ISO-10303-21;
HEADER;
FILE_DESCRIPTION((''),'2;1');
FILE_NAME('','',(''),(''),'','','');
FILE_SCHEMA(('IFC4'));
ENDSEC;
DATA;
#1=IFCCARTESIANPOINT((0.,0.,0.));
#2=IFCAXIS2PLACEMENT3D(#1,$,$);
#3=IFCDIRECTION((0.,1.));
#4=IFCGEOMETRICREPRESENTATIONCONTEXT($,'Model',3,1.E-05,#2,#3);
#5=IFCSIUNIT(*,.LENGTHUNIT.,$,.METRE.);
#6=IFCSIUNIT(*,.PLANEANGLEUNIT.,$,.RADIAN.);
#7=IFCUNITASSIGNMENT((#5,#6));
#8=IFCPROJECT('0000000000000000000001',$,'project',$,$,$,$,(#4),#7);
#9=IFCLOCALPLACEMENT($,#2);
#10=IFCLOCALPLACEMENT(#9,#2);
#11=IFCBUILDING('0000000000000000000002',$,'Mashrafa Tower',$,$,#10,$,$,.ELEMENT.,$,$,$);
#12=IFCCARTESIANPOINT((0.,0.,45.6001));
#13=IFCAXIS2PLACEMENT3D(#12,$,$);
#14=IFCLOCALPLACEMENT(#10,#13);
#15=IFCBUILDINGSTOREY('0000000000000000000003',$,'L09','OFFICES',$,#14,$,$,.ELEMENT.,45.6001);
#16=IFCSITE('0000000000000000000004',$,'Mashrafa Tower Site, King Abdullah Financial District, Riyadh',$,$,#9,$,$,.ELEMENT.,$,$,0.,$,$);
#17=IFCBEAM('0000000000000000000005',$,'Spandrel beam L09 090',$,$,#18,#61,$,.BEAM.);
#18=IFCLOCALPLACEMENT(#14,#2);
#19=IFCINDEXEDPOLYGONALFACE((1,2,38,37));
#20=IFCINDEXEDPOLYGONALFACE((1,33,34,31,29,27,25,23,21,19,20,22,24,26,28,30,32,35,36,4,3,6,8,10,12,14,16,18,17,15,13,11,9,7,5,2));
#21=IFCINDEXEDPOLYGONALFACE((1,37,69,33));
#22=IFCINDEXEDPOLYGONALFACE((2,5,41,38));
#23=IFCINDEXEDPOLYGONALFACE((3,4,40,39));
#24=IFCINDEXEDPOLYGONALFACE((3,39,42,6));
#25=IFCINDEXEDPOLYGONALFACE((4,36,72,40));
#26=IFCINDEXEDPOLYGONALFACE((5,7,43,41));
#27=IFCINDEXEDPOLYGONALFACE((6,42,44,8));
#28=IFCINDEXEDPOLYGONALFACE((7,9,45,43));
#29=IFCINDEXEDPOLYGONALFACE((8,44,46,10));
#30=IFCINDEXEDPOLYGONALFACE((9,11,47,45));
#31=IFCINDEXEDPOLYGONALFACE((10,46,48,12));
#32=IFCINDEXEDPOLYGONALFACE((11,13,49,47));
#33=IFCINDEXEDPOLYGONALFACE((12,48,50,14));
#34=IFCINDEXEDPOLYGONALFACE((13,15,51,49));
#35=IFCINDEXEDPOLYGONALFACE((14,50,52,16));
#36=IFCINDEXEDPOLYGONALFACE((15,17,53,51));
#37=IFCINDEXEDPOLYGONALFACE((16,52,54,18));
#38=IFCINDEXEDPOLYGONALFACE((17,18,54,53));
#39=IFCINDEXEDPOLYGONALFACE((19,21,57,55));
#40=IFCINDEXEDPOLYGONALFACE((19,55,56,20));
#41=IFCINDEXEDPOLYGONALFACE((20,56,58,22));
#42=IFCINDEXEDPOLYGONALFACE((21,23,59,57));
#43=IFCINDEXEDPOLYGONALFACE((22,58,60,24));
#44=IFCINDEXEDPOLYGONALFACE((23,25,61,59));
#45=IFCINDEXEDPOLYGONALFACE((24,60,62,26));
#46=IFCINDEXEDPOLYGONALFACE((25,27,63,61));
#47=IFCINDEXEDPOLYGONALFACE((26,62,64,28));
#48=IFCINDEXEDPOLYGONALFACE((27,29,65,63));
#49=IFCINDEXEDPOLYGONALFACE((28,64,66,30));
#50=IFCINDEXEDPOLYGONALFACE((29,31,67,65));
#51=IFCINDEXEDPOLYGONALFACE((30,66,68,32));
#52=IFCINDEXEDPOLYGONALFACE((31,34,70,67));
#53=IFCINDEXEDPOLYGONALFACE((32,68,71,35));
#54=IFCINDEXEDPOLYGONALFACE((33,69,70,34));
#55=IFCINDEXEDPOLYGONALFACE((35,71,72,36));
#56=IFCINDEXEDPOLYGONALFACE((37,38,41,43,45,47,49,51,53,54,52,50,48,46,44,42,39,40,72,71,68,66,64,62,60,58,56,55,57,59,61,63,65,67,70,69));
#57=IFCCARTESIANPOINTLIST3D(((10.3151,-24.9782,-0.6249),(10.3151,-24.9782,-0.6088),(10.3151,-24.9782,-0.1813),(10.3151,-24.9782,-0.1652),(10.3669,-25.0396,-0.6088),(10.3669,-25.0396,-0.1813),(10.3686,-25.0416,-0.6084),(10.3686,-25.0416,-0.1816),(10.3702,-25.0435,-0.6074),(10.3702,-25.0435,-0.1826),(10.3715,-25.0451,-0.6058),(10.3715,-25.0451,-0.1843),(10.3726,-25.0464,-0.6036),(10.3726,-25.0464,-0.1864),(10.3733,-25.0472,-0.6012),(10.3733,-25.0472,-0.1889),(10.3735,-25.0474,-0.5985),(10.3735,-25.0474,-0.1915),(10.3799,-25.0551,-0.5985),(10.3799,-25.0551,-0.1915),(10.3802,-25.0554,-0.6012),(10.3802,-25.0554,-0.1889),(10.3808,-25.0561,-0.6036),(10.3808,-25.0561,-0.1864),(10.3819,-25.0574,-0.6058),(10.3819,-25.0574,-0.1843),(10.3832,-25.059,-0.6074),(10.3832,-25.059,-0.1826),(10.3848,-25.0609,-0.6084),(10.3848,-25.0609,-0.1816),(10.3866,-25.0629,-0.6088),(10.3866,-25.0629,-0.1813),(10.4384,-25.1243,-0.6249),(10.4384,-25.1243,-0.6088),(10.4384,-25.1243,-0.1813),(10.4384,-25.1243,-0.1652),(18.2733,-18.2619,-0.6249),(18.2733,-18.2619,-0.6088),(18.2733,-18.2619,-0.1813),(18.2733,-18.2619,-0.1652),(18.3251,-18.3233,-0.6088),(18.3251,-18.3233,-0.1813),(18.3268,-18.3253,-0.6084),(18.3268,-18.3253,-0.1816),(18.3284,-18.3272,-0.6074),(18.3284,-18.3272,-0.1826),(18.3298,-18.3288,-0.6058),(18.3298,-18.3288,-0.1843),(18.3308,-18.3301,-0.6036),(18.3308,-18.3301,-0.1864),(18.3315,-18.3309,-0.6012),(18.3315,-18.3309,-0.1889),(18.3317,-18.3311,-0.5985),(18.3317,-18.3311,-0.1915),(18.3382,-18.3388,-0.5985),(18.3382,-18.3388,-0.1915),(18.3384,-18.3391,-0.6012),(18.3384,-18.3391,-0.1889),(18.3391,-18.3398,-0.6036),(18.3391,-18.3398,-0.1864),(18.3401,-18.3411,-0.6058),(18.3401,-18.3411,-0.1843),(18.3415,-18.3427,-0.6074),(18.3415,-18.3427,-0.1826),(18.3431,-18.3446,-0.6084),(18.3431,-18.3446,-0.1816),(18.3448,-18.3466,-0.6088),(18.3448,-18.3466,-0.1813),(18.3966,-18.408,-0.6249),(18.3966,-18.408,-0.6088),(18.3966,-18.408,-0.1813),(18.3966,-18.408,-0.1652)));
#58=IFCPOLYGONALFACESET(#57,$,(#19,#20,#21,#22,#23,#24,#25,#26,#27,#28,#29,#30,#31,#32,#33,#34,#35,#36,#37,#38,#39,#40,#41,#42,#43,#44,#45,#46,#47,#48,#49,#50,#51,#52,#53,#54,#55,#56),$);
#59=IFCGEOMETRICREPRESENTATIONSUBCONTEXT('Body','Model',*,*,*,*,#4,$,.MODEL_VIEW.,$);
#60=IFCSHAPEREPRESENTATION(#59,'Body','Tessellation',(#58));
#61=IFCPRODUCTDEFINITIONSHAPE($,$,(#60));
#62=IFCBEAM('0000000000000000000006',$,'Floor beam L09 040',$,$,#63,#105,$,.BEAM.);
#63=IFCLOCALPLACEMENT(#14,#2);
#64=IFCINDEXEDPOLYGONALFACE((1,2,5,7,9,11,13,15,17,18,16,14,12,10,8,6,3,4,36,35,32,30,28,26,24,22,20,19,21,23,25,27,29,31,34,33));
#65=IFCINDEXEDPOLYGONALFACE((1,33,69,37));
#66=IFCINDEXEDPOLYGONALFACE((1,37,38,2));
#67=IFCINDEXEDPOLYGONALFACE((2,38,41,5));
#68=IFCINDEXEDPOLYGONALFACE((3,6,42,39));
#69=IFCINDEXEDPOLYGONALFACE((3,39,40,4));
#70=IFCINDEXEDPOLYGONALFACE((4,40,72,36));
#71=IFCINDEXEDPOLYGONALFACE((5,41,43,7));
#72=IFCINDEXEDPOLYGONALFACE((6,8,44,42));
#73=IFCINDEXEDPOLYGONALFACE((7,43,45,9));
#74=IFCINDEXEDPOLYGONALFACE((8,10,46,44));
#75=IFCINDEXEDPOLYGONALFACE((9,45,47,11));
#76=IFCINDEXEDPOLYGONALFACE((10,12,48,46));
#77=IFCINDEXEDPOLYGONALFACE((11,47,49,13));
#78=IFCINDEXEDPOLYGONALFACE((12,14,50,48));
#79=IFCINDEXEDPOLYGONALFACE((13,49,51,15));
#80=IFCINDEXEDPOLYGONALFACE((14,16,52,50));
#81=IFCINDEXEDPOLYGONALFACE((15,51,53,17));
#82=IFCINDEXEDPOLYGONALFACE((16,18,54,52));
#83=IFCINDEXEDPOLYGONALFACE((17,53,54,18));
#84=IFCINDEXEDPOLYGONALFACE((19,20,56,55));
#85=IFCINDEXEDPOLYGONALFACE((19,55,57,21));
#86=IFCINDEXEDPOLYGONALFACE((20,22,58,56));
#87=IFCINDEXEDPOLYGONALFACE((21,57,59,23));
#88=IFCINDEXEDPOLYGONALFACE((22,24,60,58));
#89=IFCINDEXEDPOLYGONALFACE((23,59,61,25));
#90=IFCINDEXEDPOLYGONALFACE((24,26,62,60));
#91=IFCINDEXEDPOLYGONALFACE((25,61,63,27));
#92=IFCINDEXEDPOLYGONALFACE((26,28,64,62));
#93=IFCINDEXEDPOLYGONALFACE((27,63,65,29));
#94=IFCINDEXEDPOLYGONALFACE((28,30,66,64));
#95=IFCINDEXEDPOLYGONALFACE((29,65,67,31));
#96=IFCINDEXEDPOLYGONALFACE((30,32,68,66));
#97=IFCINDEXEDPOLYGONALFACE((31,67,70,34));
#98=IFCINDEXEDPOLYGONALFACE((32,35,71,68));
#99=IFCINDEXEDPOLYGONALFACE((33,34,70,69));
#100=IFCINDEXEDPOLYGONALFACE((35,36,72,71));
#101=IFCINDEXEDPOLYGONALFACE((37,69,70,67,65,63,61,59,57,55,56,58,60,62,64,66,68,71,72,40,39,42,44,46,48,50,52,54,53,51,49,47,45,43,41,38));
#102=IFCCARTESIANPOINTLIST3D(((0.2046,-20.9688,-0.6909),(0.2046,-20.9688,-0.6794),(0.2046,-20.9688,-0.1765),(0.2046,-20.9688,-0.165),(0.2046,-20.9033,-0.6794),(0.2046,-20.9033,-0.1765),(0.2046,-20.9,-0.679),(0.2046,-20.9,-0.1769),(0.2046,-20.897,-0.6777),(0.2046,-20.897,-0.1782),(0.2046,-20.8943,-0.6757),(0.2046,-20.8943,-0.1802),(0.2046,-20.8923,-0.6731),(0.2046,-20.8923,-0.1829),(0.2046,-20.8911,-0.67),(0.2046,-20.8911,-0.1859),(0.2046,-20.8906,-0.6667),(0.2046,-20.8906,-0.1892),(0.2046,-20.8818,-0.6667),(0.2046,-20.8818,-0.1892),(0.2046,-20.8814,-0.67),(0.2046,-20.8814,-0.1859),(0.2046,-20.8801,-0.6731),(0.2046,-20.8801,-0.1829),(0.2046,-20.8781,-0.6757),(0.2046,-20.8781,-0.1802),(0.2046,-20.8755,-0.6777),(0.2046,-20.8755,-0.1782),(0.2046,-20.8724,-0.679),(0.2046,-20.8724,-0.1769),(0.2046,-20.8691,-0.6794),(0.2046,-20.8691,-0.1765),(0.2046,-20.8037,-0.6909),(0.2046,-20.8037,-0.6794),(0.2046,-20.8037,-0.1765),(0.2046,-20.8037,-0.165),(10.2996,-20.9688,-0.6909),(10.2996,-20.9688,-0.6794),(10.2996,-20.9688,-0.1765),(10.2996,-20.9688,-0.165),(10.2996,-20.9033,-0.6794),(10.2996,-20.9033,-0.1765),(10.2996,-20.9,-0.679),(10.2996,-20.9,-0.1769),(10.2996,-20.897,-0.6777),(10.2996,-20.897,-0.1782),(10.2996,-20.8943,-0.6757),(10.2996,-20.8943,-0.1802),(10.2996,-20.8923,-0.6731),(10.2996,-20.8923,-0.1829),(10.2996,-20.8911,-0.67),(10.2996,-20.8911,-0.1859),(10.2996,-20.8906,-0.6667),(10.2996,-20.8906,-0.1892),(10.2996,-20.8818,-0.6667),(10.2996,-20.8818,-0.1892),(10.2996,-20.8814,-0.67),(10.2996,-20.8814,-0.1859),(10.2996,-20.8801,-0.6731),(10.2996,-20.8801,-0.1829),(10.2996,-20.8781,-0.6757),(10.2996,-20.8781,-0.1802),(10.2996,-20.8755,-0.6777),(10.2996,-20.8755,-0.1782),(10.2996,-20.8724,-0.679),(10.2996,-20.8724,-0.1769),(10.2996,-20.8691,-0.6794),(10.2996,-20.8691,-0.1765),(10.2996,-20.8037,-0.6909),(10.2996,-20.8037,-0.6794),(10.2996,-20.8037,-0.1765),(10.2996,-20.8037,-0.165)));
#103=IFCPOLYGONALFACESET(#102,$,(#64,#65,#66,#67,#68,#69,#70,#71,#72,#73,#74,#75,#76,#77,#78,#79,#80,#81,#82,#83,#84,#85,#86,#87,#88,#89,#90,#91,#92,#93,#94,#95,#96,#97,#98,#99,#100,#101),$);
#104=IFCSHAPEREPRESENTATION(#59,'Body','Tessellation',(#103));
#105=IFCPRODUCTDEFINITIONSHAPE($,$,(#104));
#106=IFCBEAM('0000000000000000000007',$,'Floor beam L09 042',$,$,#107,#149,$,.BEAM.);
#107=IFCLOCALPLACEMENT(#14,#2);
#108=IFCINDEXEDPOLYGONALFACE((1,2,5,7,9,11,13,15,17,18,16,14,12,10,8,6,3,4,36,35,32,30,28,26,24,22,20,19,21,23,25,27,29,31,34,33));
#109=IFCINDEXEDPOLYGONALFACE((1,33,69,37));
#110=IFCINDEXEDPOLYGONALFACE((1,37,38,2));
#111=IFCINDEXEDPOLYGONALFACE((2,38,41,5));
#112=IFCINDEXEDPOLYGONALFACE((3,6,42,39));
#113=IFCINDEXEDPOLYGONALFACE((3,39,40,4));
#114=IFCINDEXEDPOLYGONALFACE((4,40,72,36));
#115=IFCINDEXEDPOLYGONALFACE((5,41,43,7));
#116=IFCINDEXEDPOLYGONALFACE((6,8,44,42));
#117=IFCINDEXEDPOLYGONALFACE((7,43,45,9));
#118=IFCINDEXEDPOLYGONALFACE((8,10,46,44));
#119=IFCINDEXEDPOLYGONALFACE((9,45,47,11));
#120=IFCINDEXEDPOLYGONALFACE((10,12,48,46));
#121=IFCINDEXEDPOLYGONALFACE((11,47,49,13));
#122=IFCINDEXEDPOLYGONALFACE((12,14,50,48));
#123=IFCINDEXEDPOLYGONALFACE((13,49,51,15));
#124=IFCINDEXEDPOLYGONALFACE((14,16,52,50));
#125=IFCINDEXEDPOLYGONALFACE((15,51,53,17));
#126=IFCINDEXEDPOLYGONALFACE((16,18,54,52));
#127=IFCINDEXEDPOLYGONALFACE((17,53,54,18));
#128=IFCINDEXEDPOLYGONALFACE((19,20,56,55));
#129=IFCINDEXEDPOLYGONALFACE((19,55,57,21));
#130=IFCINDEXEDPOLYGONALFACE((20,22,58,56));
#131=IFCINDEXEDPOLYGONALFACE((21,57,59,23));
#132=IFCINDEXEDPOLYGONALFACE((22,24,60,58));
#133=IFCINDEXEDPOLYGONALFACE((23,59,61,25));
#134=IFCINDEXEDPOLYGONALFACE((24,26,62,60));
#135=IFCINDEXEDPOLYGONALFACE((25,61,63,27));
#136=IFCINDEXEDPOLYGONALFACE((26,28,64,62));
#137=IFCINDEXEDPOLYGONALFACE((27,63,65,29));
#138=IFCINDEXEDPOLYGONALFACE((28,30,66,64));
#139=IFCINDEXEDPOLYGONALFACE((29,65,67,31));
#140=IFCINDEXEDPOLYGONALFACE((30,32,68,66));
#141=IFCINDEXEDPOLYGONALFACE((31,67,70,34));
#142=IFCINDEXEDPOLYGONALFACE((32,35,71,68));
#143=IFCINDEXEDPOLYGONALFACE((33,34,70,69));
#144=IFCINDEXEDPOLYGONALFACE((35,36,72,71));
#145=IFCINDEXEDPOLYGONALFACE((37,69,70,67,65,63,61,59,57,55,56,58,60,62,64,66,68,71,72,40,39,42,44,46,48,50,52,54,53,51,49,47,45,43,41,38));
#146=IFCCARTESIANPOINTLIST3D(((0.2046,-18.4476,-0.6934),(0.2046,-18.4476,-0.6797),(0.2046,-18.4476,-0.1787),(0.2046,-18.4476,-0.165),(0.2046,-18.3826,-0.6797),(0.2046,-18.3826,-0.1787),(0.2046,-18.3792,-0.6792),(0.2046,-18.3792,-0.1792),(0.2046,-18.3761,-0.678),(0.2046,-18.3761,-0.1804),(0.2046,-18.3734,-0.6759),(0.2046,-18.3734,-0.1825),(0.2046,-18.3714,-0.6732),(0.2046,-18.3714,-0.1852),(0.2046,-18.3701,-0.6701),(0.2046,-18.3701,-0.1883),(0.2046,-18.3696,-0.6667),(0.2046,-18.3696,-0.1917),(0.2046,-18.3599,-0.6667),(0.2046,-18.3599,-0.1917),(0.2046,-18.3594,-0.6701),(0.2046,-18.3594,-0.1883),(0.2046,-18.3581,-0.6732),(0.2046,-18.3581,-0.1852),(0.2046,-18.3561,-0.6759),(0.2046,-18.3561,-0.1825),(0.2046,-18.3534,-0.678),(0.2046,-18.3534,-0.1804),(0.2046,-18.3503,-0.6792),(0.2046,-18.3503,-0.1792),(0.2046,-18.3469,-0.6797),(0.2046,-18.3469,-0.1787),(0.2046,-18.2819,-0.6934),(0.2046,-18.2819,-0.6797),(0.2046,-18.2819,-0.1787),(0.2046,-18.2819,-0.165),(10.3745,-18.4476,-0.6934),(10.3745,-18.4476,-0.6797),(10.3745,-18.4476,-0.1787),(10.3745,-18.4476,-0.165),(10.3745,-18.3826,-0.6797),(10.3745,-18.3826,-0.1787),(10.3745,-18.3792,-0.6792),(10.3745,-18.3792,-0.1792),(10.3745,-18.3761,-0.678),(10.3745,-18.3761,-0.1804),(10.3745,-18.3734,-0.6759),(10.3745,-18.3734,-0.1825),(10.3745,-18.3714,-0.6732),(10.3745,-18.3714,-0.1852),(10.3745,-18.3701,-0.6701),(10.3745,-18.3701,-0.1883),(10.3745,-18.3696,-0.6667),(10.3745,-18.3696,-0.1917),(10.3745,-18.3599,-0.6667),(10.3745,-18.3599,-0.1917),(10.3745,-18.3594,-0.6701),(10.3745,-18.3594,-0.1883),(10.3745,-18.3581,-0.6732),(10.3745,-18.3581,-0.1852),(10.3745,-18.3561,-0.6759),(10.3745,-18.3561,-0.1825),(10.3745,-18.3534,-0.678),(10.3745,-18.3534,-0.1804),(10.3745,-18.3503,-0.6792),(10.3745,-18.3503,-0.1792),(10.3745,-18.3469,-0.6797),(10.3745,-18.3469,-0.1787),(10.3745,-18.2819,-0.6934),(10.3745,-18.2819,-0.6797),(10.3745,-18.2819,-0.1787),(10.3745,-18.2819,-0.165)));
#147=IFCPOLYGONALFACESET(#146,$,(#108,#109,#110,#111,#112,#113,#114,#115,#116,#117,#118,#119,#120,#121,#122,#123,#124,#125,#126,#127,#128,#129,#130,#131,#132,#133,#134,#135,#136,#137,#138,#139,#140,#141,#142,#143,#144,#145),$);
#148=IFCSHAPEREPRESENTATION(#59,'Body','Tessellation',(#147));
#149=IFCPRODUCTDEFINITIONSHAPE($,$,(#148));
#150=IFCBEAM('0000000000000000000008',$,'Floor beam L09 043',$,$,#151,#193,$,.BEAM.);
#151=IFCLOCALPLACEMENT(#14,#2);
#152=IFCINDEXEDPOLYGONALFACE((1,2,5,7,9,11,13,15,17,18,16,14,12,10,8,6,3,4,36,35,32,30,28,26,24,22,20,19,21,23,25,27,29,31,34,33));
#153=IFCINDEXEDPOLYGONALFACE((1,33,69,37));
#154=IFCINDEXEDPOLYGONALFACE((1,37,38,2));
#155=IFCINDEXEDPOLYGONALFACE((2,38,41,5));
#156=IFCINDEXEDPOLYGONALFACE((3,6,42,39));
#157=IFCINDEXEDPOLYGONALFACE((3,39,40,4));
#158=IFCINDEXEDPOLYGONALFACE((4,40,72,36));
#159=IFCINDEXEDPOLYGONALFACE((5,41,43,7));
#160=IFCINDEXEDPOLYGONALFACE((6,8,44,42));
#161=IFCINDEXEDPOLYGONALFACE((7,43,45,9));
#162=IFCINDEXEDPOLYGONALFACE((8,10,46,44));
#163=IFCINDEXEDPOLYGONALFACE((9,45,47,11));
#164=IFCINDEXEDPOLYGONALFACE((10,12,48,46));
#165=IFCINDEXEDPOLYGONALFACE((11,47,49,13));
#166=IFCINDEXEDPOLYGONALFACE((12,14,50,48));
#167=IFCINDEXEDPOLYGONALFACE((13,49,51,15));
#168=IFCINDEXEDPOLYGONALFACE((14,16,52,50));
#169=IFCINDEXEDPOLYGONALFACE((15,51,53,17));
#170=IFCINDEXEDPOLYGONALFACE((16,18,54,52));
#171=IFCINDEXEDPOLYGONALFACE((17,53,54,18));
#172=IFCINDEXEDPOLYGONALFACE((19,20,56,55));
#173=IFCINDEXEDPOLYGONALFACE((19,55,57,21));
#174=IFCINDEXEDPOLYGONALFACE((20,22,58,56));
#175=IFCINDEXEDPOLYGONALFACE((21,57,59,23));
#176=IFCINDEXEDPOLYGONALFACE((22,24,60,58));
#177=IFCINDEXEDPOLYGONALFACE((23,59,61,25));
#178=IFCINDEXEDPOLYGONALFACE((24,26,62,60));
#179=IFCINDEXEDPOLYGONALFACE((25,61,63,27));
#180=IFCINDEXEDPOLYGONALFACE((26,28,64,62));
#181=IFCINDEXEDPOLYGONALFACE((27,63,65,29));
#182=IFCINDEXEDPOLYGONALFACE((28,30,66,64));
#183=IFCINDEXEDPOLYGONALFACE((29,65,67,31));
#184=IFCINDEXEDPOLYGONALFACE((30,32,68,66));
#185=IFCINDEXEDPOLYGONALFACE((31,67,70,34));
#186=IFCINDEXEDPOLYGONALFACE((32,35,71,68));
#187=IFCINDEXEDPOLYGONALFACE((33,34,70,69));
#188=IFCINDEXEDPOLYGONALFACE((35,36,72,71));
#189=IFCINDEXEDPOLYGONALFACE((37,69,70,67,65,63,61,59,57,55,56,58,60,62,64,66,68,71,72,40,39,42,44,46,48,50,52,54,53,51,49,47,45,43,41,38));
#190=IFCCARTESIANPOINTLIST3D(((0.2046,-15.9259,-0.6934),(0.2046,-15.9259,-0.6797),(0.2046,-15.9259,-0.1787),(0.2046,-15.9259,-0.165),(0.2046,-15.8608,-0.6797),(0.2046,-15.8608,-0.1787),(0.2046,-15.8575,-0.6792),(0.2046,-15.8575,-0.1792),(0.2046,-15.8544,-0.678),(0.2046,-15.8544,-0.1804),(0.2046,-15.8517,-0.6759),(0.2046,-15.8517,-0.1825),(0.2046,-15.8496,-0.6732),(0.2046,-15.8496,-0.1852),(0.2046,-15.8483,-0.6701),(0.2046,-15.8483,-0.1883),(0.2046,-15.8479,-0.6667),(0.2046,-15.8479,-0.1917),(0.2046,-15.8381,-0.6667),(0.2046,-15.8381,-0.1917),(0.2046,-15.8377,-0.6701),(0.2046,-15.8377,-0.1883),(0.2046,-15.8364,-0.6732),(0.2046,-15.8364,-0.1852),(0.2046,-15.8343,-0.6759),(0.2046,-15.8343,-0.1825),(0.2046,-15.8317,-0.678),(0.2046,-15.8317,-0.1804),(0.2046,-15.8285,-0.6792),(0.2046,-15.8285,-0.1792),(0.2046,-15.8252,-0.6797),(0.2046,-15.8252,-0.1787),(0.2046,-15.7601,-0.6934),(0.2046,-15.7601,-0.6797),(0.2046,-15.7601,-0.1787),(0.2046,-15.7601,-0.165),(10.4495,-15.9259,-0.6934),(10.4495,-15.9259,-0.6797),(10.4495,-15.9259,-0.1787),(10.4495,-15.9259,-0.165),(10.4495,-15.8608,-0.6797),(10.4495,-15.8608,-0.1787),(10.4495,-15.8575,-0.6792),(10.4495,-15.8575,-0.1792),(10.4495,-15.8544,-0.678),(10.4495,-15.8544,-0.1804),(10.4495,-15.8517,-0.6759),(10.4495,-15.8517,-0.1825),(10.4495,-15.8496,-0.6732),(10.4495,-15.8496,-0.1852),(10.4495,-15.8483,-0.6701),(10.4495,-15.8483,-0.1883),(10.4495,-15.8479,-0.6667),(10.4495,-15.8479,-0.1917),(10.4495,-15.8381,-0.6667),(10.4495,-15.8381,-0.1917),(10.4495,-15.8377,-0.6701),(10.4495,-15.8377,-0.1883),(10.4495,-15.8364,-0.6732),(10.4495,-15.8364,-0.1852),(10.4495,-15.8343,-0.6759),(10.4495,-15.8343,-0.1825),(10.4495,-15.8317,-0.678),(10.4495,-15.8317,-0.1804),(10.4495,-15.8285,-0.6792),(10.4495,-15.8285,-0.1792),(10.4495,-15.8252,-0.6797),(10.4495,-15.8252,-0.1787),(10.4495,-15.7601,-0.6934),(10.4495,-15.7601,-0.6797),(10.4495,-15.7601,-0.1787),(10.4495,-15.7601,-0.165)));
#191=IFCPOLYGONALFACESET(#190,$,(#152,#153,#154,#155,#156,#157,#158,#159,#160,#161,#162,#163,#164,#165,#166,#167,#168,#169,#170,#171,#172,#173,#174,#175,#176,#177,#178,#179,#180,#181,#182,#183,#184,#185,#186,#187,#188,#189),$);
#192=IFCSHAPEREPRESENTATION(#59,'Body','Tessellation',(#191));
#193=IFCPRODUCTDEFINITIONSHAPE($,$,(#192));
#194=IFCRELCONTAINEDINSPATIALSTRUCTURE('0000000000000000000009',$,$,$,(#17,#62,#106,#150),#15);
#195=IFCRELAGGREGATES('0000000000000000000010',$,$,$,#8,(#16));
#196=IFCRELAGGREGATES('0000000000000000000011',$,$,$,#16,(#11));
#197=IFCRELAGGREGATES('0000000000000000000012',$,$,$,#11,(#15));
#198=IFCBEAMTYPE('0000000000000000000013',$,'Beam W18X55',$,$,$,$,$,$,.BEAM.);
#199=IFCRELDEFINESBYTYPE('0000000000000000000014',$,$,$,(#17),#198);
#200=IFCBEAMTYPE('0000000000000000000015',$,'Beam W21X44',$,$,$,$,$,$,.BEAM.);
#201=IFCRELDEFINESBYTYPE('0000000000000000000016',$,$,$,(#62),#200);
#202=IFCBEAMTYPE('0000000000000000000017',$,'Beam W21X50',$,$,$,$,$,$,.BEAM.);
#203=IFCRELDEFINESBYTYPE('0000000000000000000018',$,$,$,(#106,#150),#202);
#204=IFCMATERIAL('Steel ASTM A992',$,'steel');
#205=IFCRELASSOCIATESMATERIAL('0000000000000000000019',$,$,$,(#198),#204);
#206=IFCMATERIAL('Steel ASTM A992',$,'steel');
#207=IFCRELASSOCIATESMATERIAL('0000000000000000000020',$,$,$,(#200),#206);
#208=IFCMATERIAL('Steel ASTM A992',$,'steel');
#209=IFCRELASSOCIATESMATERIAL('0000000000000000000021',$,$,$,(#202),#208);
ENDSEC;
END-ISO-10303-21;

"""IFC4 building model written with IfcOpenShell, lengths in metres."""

from ifc_helpers import new_model, si_unit, direction, frame, origin, origin_2d, place, context, subcontext, project, spatial, i_section, extrude, material, material_profile, profile_set, type_object, element, save


model = new_model("IFC4")

# Units and contexts
model_context = context("Model", 3, precision=1e-05, world=origin(), true_north=direction((0.0, 1.0)))
body_context = subcontext(model_context, "Body", "Model", "MODEL_VIEW")
ifc_project = project(units=[si_unit("LENGTHUNIT", "METRE"), si_unit("PLANEANGLEUNIT", "RADIAN")], contexts=[model_context])

# Site, building, storey
site_placement = place(None, origin())
site = spatial("IfcSite", under=ifc_project, at=site_placement, Name="Mashrafa Tower Site, King Abdullah Financial District, Riyadh", CompositionType="ELEMENT", RefElevation=0.0)
building_placement = place(site_placement, origin())
building = spatial("IfcBuilding", under=site, at=building_placement, Name="Mashrafa Tower", CompositionType="ELEMENT")
storey_placement = place(building_placement, frame((0.0, 0.0, 45.6001)))
storey = spatial("IfcBuildingStorey", under=building, at=storey_placement, Name="L09", Description="OFFICES", CompositionType="ELEMENT", Elevation=45.6001)

# Beams
ifc_material_1 = material(Name="Steel ASTM A992", Category="steel")
ifc_material_profile_1 = material_profile(ifc_material_1, i_section(OverallWidth=0.1912, OverallDepth=0.4597, WebThickness=0.01, FlangeThickness=0.0161, FilletRadius=0.0103, at=origin_2d()), Name="W18X55")
ifc_profile_set_1 = profile_set([ifc_material_profile_1], Name="Steel ASTM A992")
beam_type_1 = type_object("IfcBeamType", Name="Beam W18X55", PredefinedType="BEAM", material=ifc_profile_set_1)
beam_1_placement = place(storey_placement, frame((10.3767, -25.0513, -0.395), z_axis=(0.764219, 0.644957, 0.0), x_axis=(-0.644957, 0.764219, 0.0)))
element("IfcBeam", 1, at=beam_1_placement, inside=storey, type_object=beam_type_1, Name="Spandrel beam L09 090", PredefinedType="BEAM", context=body_context, shape_type="SweptSolid", body=[
    extrude(i_section(OverallWidth=0.1912, OverallDepth=0.4597, WebThickness=0.01, FlangeThickness=0.0161, FilletRadius=0.0103, at=origin_2d()), origin(), (0.0, 0.0, 1.0), 10.4136),
])
ifc_material_2 = material(Name="Steel ASTM A992", Category="steel")
ifc_material_profile_2 = material_profile(ifc_material_2, i_section(OverallWidth=0.165, OverallDepth=0.5259, WebThickness=0.0088, FlangeThickness=0.0115, FilletRadius=0.0127, at=origin_2d()), Name="W21X44")
ifc_profile_set_2 = profile_set([ifc_material_profile_2], Name="Steel ASTM A992")
beam_type_2 = type_object("IfcBeamType", Name="Beam W21X44", PredefinedType="BEAM", material=ifc_profile_set_2)
beam_2_placement = place(storey_placement, frame((10.2996, -20.8862, -0.428), z_axis=(-1.0, 0.0, 0.0), x_axis=(0.0, -1.0, 0.0)))
element("IfcBeam", 2, at=beam_2_placement, inside=storey, type_object=beam_type_2, Name="Floor beam L09 040", PredefinedType="BEAM", context=body_context, shape_type="SweptSolid", body=[
    extrude(i_section(OverallWidth=0.165, OverallDepth=0.5259, WebThickness=0.0088, FlangeThickness=0.0115, FilletRadius=0.0127, at=origin_2d()), origin(), (0.0, 0.0, 1.0), 10.095),
])
ifc_material_3 = material(Name="Steel ASTM A992", Category="steel")
ifc_material_profile_3 = material_profile(ifc_material_3, i_section(OverallWidth=0.1658, OverallDepth=0.5283, WebThickness=0.0098, FlangeThickness=0.0137, FilletRadius=0.0129, at=origin_2d()), Name="W21X50")
ifc_profile_set_3 = profile_set([ifc_material_profile_3], Name="Steel ASTM A992")
beam_type_3 = type_object("IfcBeamType", Name="Beam W21X50", PredefinedType="BEAM", material=ifc_profile_set_3)
beam_3_placement = place(storey_placement, frame((10.3745, -18.3647, -0.4292), z_axis=(-1.0, 0.0, 0.0), x_axis=(0.0, -1.0, 0.0)))
element("IfcBeam", 3, at=beam_3_placement, inside=storey, type_object=beam_type_3, Name="Floor beam L09 042", PredefinedType="BEAM", context=body_context, shape_type="SweptSolid", body=[
    extrude(i_section(OverallWidth=0.1658, OverallDepth=0.5283, WebThickness=0.0098, FlangeThickness=0.0137, FilletRadius=0.0129, at=origin_2d()), origin(), (0.0, 0.0, 1.0), 10.1699),
])
beam_4_placement = place(storey_placement, frame((10.4495, -15.843, -0.4292), z_axis=(-1.0, 0.0, 0.0), x_axis=(0.0, -1.0, 0.0)))
element("IfcBeam", 4, at=beam_4_placement, inside=storey, type_object=beam_type_3, Name="Floor beam L09 043", PredefinedType="BEAM", context=body_context, shape_type="SweptSolid", body=[
    extrude(i_section(OverallWidth=0.1658, OverallDepth=0.5283, WebThickness=0.0098, FlangeThickness=0.0137, FilletRadius=0.0129, at=origin_2d()), origin(), (0.0, 0.0, 1.0), 10.2449),
])

save(model, "model.ifc")
